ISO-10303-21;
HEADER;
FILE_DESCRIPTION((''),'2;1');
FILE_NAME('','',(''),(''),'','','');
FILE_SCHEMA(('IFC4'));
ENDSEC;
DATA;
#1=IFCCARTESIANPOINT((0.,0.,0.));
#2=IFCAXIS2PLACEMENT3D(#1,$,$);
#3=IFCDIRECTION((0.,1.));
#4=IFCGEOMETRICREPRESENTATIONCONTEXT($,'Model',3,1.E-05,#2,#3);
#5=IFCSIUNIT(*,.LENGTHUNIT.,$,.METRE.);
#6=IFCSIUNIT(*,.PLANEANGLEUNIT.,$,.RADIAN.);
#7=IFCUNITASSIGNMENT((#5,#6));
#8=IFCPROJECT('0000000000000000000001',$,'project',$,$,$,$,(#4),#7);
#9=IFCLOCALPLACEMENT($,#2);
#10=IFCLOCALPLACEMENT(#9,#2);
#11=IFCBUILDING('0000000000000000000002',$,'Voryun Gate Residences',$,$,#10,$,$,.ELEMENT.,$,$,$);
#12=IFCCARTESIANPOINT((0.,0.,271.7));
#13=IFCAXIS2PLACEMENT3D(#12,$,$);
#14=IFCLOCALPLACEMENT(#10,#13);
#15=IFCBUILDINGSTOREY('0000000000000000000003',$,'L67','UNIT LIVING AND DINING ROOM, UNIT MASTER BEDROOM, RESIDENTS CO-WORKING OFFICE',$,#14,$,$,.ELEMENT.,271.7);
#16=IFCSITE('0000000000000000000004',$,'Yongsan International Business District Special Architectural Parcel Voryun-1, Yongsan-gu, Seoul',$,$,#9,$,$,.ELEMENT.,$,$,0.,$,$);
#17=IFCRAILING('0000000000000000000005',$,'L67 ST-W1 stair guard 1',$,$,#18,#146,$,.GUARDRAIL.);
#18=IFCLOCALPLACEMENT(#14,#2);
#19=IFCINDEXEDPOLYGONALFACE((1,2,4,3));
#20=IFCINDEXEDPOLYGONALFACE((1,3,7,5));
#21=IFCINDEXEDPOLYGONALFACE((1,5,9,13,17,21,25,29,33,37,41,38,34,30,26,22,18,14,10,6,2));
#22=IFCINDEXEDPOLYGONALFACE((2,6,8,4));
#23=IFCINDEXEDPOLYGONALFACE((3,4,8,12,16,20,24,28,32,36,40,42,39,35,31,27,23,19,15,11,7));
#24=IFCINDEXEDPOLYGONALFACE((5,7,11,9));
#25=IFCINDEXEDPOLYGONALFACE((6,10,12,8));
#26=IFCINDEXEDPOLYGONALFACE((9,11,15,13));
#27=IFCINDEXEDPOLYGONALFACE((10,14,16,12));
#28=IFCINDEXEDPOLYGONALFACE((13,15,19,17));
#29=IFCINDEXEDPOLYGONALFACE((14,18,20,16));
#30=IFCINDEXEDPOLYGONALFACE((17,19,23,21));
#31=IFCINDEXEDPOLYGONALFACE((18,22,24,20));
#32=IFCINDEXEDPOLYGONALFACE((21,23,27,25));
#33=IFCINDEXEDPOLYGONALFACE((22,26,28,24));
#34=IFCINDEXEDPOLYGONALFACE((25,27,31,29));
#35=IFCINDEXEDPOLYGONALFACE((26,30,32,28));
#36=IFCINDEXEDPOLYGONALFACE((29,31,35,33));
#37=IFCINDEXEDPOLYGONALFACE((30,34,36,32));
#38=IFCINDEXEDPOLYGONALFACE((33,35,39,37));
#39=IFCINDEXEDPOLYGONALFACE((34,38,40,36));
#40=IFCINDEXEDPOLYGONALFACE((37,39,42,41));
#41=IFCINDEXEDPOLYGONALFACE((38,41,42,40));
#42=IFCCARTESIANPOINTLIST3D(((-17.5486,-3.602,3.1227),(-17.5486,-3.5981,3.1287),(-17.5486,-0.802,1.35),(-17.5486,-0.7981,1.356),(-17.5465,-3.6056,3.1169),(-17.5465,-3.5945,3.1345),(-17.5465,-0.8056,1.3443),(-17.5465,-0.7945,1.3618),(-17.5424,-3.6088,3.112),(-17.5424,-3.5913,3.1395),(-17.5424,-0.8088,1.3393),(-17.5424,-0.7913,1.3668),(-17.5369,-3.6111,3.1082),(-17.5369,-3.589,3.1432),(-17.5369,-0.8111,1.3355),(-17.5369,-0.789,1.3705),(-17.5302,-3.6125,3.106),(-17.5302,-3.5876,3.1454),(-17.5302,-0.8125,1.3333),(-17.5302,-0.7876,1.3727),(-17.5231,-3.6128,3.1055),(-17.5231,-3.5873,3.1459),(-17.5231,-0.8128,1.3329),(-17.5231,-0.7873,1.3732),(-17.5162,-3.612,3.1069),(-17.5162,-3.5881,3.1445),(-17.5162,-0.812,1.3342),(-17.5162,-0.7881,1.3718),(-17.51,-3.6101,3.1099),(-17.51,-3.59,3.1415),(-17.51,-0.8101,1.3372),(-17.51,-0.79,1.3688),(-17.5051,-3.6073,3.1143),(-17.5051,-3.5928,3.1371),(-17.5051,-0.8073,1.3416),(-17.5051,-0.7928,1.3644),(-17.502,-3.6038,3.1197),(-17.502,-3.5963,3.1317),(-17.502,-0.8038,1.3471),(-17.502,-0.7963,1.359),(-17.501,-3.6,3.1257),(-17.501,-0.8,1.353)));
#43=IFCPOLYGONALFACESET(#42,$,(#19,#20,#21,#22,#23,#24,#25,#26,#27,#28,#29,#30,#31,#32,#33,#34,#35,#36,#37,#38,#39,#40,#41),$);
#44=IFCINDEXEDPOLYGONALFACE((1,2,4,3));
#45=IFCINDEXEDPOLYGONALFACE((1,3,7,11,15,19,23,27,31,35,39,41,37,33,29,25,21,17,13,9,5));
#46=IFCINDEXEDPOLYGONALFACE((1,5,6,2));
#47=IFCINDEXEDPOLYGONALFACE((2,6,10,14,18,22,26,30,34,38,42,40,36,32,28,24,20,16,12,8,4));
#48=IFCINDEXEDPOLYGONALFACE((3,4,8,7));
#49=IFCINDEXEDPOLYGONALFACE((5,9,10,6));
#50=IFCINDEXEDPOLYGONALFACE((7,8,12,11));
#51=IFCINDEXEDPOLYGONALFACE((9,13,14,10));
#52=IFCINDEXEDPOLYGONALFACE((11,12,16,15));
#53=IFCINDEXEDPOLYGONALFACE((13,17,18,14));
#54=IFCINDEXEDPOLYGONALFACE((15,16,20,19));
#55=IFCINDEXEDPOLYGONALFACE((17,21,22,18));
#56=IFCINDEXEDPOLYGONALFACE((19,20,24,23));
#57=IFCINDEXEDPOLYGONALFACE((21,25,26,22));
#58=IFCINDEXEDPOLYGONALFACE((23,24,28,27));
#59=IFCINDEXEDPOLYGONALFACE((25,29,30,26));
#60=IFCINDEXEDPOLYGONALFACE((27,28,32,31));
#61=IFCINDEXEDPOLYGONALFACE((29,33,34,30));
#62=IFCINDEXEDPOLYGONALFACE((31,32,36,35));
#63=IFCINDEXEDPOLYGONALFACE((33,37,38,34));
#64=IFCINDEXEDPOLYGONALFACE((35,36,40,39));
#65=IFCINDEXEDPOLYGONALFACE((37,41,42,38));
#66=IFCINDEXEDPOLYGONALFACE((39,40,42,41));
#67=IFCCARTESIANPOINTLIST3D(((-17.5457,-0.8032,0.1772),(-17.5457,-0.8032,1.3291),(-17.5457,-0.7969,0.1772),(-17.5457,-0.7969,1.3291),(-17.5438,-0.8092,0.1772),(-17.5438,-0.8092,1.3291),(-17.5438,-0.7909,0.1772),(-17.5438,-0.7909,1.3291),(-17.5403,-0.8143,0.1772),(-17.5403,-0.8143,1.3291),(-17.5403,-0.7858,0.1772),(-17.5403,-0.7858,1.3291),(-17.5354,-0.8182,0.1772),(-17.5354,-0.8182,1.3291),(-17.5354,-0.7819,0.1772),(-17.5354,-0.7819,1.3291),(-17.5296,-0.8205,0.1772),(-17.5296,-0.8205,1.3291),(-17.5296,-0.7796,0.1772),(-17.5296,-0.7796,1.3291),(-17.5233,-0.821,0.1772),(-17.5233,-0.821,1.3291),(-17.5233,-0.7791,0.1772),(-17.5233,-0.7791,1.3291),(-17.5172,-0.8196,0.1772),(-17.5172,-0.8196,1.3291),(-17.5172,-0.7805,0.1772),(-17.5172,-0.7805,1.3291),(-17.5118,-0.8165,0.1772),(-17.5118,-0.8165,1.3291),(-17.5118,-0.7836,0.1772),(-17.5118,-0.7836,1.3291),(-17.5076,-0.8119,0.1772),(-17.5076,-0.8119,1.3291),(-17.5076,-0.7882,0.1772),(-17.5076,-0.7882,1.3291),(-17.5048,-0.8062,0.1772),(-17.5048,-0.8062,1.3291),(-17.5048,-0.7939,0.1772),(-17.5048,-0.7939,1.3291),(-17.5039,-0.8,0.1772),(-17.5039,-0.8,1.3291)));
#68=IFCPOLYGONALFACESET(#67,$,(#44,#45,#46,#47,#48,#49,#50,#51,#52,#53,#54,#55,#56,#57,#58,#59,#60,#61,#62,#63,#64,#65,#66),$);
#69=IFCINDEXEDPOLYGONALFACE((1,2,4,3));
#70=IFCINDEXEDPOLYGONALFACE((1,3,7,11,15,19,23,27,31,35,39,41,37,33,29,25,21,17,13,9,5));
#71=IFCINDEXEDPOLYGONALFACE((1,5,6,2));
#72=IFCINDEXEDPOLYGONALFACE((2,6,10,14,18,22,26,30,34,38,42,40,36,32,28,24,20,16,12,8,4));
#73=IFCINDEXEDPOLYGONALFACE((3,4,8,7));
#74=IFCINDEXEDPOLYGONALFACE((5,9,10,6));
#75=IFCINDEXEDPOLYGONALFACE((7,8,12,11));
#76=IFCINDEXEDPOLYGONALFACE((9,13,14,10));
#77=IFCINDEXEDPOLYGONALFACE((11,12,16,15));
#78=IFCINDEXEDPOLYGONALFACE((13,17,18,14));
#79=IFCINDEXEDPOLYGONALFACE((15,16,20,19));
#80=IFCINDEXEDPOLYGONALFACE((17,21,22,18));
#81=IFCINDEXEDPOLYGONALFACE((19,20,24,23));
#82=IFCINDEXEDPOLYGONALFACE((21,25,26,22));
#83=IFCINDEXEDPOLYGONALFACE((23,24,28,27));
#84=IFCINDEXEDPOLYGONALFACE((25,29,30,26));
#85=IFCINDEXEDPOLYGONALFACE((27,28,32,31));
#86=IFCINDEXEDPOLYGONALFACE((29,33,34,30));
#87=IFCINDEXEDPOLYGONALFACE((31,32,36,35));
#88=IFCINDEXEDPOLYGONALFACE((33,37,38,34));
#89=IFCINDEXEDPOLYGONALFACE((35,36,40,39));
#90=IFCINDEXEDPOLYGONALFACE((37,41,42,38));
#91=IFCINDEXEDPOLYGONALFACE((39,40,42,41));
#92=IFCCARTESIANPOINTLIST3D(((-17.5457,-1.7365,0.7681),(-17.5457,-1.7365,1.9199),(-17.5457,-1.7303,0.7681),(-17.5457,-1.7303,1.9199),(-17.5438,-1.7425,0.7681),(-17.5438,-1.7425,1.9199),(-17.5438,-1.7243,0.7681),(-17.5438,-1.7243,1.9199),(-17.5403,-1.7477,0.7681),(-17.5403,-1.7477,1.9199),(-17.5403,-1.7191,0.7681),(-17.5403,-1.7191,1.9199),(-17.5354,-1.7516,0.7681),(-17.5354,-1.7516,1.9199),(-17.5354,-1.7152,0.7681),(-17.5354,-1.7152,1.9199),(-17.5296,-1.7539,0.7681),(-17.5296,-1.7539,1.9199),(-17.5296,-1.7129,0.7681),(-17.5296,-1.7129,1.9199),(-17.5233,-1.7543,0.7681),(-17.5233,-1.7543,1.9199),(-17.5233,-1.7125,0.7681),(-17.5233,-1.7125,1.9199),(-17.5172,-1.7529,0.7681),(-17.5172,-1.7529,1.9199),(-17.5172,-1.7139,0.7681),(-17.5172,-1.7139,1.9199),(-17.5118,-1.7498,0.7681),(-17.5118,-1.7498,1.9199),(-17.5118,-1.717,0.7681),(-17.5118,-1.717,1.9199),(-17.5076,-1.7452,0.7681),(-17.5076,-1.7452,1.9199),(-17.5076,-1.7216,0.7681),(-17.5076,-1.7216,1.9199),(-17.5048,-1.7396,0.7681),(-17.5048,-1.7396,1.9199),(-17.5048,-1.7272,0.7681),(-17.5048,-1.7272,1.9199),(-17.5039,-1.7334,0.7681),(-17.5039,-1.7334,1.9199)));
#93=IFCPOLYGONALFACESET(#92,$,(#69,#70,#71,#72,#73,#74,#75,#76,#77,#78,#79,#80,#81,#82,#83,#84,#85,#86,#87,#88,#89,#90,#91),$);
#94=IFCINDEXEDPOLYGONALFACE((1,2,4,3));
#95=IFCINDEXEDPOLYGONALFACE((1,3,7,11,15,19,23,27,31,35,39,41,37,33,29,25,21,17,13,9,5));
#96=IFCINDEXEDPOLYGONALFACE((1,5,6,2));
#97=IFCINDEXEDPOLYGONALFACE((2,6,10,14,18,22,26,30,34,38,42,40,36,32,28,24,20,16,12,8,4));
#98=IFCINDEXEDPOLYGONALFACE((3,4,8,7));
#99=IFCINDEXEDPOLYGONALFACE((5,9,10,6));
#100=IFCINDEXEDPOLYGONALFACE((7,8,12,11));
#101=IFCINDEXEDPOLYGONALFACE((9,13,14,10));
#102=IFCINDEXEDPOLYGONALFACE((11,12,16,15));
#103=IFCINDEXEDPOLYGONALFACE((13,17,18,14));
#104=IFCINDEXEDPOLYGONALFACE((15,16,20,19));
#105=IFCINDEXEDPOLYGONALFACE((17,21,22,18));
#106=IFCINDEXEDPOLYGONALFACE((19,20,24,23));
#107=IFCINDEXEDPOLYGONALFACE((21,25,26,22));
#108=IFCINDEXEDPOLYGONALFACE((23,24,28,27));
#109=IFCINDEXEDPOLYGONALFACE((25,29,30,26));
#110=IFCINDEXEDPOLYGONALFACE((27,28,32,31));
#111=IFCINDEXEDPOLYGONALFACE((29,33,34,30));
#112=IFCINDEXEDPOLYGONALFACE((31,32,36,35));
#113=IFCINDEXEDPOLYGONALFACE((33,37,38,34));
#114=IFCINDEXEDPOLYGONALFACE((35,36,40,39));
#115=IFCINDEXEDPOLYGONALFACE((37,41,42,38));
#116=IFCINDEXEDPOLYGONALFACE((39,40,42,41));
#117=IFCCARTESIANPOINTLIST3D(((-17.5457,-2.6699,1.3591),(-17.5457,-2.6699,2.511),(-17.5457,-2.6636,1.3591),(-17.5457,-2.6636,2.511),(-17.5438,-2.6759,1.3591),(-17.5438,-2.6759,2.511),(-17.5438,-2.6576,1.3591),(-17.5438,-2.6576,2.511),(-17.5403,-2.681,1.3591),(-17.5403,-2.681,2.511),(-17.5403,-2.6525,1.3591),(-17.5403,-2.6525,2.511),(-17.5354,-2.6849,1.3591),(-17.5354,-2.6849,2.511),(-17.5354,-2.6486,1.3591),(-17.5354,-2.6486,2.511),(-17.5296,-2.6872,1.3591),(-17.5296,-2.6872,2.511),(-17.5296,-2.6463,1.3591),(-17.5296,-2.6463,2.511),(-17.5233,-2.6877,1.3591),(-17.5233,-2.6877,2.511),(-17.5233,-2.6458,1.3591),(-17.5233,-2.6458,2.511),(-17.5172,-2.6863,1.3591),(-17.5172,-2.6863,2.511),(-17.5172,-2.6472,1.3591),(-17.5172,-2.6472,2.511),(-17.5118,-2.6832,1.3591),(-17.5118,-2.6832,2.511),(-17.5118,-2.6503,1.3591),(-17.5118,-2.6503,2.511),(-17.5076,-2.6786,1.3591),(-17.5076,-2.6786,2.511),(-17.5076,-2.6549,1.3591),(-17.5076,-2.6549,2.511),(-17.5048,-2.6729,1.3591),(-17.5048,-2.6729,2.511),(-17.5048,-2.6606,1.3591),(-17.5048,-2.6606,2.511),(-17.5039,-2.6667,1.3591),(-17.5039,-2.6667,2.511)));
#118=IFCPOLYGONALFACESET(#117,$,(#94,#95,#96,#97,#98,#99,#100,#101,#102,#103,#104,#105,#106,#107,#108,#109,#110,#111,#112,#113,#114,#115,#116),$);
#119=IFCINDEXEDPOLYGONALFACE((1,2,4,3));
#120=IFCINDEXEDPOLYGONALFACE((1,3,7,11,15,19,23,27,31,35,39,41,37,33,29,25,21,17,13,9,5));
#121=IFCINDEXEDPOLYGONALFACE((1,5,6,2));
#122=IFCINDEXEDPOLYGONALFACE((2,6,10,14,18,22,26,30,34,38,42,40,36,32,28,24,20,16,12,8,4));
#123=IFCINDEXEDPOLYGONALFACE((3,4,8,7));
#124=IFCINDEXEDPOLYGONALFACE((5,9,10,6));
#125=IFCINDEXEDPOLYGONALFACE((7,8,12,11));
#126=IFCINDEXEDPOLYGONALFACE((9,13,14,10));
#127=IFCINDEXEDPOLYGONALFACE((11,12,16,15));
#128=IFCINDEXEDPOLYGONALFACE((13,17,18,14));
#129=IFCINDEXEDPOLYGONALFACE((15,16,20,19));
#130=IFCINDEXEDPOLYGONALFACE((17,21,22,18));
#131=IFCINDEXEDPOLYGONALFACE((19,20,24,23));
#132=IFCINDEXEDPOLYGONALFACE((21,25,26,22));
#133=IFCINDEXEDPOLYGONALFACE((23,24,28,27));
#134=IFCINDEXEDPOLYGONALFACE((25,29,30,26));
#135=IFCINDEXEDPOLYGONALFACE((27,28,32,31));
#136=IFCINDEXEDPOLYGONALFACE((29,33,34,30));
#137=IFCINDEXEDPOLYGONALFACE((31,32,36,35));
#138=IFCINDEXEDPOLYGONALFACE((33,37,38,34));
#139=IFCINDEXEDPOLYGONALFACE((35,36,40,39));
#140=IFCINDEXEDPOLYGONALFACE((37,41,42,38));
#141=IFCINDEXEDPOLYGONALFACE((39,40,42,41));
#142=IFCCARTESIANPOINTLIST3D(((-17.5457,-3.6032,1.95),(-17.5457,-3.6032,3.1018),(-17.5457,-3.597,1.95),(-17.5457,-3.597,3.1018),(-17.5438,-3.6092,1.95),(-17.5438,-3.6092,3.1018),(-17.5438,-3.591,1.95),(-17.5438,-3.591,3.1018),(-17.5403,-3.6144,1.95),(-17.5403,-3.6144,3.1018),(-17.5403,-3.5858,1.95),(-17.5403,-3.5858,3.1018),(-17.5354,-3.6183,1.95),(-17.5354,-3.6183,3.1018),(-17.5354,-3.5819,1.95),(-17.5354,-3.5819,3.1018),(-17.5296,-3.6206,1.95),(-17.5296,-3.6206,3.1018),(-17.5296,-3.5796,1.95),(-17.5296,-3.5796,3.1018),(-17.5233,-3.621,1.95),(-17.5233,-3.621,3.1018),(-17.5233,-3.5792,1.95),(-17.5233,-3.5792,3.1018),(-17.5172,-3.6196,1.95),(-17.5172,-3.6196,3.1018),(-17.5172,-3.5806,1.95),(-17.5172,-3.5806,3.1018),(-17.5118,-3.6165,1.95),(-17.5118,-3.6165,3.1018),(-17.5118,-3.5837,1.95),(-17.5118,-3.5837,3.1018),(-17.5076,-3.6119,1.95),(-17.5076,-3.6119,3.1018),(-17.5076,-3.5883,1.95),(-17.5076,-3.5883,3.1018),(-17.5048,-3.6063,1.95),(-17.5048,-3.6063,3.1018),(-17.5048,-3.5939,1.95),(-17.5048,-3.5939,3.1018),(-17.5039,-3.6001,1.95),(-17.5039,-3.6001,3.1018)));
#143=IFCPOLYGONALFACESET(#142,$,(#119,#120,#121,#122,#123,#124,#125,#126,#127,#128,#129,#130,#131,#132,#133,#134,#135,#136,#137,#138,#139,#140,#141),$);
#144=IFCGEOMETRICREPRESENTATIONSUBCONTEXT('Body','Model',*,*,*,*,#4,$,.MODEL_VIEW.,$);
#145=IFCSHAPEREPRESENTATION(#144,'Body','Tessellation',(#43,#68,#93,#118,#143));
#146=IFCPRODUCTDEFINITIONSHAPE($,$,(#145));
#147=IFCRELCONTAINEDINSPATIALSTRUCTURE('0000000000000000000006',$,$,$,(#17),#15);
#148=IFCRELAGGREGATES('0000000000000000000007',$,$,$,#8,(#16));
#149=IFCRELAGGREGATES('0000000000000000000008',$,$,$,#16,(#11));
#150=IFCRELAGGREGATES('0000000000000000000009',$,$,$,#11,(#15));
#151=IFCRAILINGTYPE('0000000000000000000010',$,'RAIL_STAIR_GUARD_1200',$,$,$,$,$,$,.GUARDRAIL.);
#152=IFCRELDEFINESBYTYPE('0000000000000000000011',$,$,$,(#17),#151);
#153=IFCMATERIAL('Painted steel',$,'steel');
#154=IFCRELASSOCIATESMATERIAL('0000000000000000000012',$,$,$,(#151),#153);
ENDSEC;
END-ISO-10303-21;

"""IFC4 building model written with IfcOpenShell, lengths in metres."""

from ifc_helpers import new_model, si_unit, direction, frame, origin, origin_2d, place, context, subcontext, project, spatial, circle, extrude, material, type_object, element, save


model = new_model("IFC4")

# Units and contexts
model_context = context("Model", 3, precision=1e-05, world=origin(), true_north=direction((0.0, 1.0)))
body_context = subcontext(model_context, "Body", "Model", "MODEL_VIEW")
ifc_project = project(units=[si_unit("LENGTHUNIT", "METRE"), si_unit("PLANEANGLEUNIT", "RADIAN")], contexts=[model_context])

# Site, building, storey
site_placement = place(None, origin())
site = spatial("IfcSite", under=ifc_project, at=site_placement, Name="Yongsan International Business District Special Architectural Parcel Voryun-1, Yongsan-gu, Seoul", CompositionType="ELEMENT", RefElevation=0.0)
building_placement = place(site_placement, origin())
building = spatial("IfcBuilding", under=site, at=building_placement, Name="Voryun Gate Residences", CompositionType="ELEMENT")
storey_placement = place(building_placement, frame((0.0, 0.0, 271.7)))
storey = spatial("IfcBuildingStorey", under=building, at=storey_placement, Name="L67", Description="UNIT LIVING AND DINING ROOM, UNIT MASTER BEDROOM, RESIDENTS CO-WORKING OFFICE", CompositionType="ELEMENT", Elevation=271.7)

# Railing
ifc_material_1 = material(Name="Painted steel", Category="steel")
railing_type_1 = type_object("IfcRailingType", Name="RAIL_STAIR_GUARD_1200", PredefinedType="GUARDRAIL", material=ifc_material_1)
railing_1_placement = place(storey_placement, frame((-17.5249, -0.8, 0.1772)))
element("IfcRailing", 1, at=railing_1_placement, inside=storey, type_object=railing_type_1, Name="L67 ST-W1 stair guard 1", PredefinedType="GUARDRAIL", context=body_context, shape_type="SweptSolid", body=[
    extrude(circle(Radius=0.0239, at=origin_2d()), frame((0.0, 0.0, 1.1758), z_axis=(0.0, -0.844909, 0.53491), x_axis=(1.0, 0.0, 0.0)), (0.0, 0.0, 1.0), 3.314),
    extrude(circle(Radius=0.021, at=origin_2d()), origin(), (0.0, 0.0, 1.0), 1.1519),
    extrude(circle(Radius=0.021, at=origin_2d()), frame((0.0, -0.9333, 0.5908)), (0.0, 0.0, 1.0), 1.1519),
    extrude(circle(Radius=0.021, at=origin_2d()), frame((0.0, -1.8667, 1.1819)), (0.0, 0.0, 1.0), 1.1519),
    extrude(circle(Radius=0.021, at=origin_2d()), frame((0.0, -2.8, 1.7727)), (0.0, 0.0, 1.0), 1.1519),
])

save(model, "model.ifc")
